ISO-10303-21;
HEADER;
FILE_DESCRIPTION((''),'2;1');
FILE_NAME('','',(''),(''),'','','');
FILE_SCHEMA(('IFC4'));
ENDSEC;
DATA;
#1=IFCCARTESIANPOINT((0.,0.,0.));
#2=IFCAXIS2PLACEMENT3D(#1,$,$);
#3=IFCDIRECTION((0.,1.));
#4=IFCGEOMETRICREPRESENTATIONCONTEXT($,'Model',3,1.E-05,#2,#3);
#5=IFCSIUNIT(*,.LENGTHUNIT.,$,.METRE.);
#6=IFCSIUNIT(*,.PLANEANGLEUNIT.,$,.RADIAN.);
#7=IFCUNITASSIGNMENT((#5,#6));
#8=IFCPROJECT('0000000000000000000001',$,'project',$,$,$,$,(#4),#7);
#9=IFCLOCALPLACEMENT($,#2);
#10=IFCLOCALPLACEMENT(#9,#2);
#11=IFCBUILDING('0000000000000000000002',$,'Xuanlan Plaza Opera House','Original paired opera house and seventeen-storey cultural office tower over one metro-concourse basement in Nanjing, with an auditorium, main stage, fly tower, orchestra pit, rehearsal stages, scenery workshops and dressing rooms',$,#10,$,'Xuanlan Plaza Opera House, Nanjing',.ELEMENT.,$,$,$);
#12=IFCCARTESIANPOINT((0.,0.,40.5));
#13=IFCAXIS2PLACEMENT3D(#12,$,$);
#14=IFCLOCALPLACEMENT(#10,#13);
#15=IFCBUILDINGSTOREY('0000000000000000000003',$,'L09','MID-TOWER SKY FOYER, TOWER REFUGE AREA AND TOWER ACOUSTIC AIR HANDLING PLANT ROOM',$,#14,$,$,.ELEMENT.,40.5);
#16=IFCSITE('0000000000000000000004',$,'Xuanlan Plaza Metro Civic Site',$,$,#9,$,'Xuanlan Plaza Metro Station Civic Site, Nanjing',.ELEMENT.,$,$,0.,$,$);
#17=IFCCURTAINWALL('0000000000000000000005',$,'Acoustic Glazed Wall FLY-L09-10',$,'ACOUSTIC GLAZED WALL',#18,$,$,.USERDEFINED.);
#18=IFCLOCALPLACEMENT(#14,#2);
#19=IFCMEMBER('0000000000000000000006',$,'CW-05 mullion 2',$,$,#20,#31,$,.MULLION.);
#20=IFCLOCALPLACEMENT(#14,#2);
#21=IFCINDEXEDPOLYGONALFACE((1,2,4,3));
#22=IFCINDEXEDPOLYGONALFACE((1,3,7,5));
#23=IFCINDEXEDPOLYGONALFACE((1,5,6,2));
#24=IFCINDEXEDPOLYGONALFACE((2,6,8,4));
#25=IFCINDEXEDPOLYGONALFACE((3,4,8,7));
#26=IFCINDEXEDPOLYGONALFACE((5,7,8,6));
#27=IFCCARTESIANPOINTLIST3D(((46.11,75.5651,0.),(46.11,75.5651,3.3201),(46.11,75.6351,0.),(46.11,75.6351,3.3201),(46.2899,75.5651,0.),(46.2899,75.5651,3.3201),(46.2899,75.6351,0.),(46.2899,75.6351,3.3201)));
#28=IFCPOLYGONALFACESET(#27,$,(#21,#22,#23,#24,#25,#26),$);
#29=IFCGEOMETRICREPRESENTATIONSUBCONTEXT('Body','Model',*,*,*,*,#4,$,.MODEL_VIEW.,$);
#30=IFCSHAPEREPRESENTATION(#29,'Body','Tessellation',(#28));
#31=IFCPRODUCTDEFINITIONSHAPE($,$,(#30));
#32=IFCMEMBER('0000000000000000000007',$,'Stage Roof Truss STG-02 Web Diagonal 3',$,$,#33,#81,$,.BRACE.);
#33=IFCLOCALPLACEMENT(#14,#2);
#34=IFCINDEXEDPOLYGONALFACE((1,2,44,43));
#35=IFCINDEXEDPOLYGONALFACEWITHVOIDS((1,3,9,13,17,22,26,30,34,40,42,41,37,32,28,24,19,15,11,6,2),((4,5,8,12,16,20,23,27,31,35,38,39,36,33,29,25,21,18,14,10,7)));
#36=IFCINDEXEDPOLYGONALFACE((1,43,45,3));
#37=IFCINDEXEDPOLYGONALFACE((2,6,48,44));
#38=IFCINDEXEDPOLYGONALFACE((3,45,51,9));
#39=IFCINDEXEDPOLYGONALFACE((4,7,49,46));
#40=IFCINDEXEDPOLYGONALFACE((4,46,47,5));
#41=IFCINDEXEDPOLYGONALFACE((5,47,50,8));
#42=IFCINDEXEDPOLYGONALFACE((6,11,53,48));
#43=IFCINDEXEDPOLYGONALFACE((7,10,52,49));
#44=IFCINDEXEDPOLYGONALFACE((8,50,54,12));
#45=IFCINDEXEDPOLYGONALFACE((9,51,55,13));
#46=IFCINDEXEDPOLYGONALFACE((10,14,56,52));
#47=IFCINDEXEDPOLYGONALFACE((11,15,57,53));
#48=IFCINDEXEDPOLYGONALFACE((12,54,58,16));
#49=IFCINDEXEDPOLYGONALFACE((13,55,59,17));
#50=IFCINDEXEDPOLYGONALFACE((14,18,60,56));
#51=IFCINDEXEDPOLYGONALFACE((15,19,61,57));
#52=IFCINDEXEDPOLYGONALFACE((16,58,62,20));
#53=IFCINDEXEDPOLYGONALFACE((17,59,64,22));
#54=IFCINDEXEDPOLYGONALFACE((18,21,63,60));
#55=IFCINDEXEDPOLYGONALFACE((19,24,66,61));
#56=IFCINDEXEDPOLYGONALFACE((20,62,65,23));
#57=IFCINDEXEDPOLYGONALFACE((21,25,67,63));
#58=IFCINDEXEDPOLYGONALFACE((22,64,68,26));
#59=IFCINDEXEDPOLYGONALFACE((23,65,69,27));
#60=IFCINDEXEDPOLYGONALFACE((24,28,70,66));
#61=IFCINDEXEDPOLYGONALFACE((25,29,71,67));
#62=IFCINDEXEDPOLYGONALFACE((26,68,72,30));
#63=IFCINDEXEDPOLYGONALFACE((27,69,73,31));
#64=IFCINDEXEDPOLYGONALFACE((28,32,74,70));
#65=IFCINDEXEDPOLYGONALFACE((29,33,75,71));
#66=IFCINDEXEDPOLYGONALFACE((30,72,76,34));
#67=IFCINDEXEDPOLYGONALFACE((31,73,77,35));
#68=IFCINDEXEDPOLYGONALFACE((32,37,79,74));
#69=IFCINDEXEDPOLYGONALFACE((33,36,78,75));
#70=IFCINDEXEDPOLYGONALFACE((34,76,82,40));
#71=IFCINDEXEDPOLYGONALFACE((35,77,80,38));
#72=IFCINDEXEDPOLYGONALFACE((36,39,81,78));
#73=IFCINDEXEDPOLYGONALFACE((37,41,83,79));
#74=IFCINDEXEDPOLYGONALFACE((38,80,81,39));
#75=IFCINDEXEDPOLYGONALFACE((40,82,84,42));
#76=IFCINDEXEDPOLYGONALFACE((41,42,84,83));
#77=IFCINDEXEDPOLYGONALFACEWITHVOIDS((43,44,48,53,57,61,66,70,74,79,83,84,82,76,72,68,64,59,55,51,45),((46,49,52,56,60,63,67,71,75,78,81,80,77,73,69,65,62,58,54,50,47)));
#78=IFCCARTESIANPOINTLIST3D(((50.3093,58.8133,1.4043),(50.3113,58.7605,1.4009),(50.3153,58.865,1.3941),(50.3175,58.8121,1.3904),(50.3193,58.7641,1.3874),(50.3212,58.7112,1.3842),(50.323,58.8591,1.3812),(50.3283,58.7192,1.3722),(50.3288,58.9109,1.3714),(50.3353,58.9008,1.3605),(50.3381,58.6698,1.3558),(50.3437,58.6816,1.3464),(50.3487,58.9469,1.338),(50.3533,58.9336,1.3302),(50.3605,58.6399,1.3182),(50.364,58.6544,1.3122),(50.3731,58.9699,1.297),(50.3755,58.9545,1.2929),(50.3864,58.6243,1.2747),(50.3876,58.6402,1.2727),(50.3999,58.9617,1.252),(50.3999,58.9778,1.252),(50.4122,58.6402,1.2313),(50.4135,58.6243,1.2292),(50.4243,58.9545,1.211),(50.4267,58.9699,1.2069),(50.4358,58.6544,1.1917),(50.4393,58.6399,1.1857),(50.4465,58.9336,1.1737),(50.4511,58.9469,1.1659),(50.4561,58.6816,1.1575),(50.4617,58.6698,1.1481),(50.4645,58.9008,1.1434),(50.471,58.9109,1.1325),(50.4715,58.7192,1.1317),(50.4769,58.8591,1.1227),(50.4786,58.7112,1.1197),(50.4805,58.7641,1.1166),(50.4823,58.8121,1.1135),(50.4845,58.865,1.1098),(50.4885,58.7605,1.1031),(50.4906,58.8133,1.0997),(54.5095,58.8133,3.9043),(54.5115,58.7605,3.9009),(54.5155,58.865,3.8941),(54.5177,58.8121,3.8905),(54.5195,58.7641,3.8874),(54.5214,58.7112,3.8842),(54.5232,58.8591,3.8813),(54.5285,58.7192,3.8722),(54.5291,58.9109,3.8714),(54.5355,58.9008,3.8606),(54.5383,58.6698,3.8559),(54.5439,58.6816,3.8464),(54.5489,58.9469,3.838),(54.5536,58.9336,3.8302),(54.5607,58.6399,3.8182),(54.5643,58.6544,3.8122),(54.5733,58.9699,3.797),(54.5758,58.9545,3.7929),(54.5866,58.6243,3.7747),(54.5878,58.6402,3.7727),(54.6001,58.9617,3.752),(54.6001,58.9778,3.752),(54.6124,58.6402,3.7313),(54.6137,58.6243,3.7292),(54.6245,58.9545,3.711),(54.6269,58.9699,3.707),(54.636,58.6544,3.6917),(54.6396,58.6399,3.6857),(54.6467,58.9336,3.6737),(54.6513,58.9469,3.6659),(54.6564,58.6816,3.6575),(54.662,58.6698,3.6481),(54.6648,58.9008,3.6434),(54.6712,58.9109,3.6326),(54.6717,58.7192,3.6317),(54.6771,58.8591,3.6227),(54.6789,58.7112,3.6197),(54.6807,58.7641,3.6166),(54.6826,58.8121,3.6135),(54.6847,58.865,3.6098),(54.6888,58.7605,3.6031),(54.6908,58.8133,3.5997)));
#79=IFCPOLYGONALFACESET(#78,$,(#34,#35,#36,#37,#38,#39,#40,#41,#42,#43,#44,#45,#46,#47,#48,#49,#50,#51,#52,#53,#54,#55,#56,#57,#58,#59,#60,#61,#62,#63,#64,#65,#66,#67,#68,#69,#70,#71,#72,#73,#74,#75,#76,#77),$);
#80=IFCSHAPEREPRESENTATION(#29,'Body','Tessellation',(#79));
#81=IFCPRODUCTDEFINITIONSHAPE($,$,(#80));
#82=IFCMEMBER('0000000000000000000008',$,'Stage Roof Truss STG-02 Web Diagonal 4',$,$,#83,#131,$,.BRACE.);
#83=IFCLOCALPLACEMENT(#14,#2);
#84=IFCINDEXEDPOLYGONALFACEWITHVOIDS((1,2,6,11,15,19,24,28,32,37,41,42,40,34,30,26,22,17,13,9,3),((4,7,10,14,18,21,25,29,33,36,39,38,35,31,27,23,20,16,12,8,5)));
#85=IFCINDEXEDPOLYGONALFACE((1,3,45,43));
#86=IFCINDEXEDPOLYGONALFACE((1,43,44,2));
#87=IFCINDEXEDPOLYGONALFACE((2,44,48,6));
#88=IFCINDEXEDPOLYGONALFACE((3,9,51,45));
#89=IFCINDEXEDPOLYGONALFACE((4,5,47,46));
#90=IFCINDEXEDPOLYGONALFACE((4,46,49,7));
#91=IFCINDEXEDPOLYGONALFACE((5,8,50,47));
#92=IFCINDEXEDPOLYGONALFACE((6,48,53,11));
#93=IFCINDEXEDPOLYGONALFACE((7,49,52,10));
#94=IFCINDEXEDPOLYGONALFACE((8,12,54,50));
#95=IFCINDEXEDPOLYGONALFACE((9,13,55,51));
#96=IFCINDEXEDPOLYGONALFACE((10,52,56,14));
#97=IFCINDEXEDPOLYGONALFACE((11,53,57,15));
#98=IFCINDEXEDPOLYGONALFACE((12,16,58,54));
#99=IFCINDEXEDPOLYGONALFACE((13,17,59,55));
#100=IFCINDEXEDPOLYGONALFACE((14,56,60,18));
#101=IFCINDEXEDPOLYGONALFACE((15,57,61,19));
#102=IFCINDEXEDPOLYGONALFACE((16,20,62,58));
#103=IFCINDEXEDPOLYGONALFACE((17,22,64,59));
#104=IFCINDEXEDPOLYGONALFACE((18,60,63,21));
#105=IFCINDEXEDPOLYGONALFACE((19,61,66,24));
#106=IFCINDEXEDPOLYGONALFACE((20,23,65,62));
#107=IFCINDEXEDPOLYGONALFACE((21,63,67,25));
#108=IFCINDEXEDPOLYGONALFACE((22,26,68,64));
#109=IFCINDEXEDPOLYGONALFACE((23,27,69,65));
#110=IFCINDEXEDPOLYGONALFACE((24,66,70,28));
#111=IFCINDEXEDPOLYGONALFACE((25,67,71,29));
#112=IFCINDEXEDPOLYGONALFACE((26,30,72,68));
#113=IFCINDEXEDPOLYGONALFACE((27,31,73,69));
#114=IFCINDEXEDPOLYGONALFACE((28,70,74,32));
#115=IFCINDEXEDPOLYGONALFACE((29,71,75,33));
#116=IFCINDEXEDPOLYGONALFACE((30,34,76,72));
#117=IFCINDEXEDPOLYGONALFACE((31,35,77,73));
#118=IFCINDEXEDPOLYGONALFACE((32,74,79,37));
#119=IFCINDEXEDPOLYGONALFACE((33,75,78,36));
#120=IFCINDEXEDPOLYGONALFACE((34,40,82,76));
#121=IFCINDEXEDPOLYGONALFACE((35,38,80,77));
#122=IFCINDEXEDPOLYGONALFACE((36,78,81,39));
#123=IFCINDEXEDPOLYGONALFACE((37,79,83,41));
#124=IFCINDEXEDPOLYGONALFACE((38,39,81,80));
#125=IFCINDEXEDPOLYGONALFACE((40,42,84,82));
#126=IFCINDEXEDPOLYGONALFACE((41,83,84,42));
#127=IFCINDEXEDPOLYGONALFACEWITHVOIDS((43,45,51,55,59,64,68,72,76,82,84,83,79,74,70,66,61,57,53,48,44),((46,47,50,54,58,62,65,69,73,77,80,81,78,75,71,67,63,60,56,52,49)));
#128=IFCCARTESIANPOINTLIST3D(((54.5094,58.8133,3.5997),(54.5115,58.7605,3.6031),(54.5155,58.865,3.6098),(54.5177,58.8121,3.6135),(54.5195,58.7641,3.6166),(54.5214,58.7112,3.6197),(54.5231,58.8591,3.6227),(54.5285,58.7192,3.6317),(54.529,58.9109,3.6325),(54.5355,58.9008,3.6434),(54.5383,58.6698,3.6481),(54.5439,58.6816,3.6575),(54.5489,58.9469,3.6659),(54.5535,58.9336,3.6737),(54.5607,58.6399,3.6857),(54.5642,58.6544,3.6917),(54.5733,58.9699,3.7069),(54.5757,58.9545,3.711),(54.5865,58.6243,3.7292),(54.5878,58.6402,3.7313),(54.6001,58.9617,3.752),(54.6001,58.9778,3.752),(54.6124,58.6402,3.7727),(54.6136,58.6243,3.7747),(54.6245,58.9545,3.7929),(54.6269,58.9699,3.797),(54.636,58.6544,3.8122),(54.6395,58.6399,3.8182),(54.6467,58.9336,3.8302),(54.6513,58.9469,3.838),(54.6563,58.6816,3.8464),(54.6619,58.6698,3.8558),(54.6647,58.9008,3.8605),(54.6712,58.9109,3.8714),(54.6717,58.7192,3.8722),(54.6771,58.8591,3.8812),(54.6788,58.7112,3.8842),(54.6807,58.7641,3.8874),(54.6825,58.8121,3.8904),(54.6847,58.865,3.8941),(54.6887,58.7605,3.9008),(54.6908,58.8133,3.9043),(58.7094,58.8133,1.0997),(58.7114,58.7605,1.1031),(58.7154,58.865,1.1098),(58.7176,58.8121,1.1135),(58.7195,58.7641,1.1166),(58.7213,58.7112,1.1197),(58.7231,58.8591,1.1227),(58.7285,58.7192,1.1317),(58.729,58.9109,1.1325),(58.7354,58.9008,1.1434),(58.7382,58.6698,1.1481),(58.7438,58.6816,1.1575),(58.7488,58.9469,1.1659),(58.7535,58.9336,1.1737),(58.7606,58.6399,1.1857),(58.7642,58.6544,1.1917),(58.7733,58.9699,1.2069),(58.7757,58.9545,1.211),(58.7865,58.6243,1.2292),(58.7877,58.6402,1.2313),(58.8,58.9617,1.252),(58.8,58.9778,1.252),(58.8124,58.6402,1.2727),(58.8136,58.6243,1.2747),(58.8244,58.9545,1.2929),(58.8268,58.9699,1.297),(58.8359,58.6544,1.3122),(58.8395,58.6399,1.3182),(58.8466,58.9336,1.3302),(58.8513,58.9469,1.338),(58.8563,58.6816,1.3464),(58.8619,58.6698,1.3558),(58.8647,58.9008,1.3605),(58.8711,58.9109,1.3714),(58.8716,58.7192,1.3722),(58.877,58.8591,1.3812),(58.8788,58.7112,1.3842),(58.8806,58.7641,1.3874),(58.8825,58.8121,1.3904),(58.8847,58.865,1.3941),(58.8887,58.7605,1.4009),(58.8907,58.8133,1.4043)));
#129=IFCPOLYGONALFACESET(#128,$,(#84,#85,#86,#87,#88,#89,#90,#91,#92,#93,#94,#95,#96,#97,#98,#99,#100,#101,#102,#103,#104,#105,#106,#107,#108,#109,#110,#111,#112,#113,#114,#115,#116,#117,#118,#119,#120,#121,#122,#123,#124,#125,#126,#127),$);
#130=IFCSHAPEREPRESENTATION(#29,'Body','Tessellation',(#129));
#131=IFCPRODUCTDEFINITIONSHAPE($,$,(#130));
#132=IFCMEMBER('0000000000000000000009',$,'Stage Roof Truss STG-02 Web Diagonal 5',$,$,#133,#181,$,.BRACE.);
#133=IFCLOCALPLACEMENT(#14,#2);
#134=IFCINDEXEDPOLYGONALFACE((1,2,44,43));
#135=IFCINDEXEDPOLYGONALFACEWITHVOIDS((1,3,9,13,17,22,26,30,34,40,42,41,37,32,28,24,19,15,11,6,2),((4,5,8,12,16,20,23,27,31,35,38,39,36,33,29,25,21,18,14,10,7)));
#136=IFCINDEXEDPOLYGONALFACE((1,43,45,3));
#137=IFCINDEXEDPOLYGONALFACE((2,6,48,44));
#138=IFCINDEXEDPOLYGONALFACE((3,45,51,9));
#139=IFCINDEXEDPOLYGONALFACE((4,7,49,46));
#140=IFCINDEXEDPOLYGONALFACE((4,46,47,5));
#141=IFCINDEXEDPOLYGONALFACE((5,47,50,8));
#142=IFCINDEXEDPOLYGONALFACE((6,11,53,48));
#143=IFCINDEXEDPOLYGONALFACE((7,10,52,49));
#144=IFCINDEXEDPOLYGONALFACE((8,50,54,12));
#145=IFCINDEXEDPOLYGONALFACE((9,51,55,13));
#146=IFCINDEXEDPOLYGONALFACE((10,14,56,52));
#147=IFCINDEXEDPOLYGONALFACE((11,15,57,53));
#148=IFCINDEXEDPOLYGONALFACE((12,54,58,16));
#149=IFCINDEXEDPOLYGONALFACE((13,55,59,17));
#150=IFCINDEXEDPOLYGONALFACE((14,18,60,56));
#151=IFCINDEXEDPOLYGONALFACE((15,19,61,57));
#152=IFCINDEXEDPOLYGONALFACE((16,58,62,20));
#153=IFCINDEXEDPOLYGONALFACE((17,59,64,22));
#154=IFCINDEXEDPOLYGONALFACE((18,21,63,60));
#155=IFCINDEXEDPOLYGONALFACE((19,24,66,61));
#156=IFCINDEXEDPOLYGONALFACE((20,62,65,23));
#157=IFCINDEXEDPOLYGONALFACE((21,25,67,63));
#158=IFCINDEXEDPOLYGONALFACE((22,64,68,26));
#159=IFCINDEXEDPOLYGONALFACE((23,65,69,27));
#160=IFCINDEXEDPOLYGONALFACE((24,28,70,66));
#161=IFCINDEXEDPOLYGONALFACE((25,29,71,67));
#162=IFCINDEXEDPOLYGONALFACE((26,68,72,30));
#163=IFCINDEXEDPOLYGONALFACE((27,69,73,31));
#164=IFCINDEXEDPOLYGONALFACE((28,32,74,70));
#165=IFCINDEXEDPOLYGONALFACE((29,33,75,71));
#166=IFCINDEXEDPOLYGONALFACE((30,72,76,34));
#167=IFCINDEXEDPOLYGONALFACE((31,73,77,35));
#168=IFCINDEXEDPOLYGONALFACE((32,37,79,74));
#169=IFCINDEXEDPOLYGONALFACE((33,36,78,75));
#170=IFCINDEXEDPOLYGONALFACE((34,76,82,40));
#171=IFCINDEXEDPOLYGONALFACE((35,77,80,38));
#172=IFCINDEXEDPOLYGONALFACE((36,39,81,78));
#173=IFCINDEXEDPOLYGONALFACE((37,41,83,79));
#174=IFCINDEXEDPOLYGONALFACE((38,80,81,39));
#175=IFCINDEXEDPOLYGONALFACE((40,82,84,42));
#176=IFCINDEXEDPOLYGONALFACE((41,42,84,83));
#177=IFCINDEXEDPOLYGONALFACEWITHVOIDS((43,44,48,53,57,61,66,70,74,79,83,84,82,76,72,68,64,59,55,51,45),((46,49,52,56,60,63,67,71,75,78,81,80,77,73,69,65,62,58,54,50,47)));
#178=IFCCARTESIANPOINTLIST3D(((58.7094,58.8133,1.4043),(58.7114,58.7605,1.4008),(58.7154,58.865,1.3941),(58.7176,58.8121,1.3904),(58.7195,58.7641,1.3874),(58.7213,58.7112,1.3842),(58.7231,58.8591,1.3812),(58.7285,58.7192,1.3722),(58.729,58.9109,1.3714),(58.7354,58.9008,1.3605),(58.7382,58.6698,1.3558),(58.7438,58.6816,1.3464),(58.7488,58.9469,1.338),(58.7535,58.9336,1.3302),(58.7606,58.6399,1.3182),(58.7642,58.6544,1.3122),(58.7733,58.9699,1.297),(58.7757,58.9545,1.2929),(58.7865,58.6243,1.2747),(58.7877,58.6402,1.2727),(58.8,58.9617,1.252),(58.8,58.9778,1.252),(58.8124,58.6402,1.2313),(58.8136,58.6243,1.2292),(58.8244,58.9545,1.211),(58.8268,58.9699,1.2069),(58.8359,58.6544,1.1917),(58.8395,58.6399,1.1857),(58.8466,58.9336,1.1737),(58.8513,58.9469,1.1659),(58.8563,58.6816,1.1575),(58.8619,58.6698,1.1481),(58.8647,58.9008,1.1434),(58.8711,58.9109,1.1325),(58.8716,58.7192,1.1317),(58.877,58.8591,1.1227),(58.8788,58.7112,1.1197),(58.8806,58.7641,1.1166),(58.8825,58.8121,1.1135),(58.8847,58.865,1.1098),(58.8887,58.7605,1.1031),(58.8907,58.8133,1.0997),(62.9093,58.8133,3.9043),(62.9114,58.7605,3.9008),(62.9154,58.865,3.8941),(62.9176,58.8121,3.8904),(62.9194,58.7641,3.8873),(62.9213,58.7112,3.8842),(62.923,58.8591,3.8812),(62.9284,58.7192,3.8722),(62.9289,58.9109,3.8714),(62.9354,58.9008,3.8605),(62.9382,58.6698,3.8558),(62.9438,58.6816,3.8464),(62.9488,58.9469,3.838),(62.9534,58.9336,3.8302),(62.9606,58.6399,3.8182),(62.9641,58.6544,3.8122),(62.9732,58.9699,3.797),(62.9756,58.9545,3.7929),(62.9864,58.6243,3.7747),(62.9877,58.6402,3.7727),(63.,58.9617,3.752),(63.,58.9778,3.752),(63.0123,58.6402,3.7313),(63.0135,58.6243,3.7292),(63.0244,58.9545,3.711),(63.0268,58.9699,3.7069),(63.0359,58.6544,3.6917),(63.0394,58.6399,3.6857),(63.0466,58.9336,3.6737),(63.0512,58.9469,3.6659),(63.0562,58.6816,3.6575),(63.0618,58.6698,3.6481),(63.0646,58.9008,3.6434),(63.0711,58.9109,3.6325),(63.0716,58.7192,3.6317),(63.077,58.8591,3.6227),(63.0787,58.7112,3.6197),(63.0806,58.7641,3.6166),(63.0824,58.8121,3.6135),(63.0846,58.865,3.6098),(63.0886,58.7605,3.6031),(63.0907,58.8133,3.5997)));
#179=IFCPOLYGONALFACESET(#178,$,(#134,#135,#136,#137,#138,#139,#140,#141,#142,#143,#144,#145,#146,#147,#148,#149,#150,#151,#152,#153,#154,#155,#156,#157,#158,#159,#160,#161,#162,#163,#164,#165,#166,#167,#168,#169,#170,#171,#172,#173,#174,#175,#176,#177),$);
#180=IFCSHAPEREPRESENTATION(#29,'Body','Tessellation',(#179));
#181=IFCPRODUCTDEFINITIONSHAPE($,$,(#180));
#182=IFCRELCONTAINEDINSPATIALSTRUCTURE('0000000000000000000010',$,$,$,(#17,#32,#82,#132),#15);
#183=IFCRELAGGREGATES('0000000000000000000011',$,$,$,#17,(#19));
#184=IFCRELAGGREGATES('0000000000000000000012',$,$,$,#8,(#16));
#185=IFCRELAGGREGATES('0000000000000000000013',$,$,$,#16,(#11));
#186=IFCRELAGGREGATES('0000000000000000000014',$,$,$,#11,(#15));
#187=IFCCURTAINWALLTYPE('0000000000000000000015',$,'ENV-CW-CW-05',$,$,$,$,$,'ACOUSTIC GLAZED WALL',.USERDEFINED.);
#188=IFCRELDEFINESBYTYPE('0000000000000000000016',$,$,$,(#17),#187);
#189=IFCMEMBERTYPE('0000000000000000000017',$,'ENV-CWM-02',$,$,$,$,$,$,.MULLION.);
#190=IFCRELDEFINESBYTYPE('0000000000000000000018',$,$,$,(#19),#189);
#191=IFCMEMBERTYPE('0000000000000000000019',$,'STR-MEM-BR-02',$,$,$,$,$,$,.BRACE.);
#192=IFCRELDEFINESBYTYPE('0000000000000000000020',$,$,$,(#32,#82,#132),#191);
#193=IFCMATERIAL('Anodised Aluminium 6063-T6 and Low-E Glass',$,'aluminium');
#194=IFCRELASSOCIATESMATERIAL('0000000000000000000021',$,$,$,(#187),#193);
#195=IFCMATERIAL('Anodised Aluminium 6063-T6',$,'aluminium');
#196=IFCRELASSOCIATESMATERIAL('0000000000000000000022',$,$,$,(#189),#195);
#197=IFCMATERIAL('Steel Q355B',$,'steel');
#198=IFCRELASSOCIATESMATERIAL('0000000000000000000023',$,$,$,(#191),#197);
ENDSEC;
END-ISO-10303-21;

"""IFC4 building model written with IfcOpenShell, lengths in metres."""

from ifc_helpers import new_model, si_unit, direction, frame, origin, origin_2d, place, context, subcontext, project, spatial, rectangle, hollow_circle, extrude, material, material_profile, profile_set, type_object, element, aggregate, save


model = new_model("IFC4")

# Units and contexts
model_context = context("Model", 3, precision=1e-05, world=origin(), true_north=direction((0.0, 1.0)))
body_context = subcontext(model_context, "Body", "Model", "MODEL_VIEW")
ifc_project = project(units=[si_unit("LENGTHUNIT", "METRE"), si_unit("PLANEANGLEUNIT", "RADIAN")], contexts=[model_context])

# Site, building, storey
site_placement = place(None, origin())
site = spatial("IfcSite", under=ifc_project, at=site_placement, Name="Xuanlan Plaza Metro Civic Site", LongName="Xuanlan Plaza Metro Station Civic Site, Nanjing", CompositionType="ELEMENT", RefElevation=0.0)
building_placement = place(site_placement, origin())
building = spatial("IfcBuilding", under=site, at=building_placement, Name="Xuanlan Plaza Opera House", Description="Original paired opera house and seventeen-storey cultural office tower over one metro-concourse basement in Nanjing, with an auditorium, main stage, fly tower, orchestra pit, rehearsal stages, scenery workshops and dressing rooms", LongName="Xuanlan Plaza Opera House, Nanjing", CompositionType="ELEMENT")
storey_placement = place(building_placement, frame((0.0, 0.0, 40.5)))
storey = spatial("IfcBuildingStorey", under=building, at=storey_placement, Name="L09", Description="MID-TOWER SKY FOYER, TOWER REFUGE AREA AND TOWER ACOUSTIC AIR HANDLING PLANT ROOM", CompositionType="ELEMENT", Elevation=40.5)

# Curtain wall, member
ifc_material_1 = material(Name="Anodised Aluminium 6063-T6 and Low-E Glass", Category="aluminium")
curtain_wall_type = type_object("IfcCurtainWallType", Name="ENV-CW-CW-05", ElementType="ACOUSTIC GLAZED WALL", PredefinedType="USERDEFINED", material=ifc_material_1)
curtain_wall_placement = place(storey_placement, origin())
curtain_wall = element("IfcCurtainWall", 1, at=curtain_wall_placement, inside=storey, type_object=curtain_wall_type, Name="Acoustic Glazed Wall FLY-L09-10", ObjectType="ACOUSTIC GLAZED WALL", PredefinedType="USERDEFINED")
ifc_material_2 = material(Name="Anodised Aluminium 6063-T6", Category="aluminium")
ifc_material_profile_1 = material_profile(ifc_material_2, rectangle(XDim=0.0701, YDim=0.1799, at=origin_2d()), Name="ALU-M 70x180")
ifc_profile_set_1 = profile_set([ifc_material_profile_1], Name="Anodised Aluminium 6063-T6")
member_type_1 = type_object("IfcMemberType", Name="ENV-CWM-02", PredefinedType="MULLION", material=ifc_profile_set_1)
member_1_placement = place(storey_placement, frame((46.2, 75.6001, 0.0), z_axis=(0.0, 0.0, 1.0), x_axis=(0.0, -1.0, 0.0)))
member_1 = element("IfcMember", 2, at=member_1_placement, type_object=member_type_1, Name="CW-05 mullion 2", PredefinedType="MULLION", context=body_context, shape_type="SweptSolid", body=[
    extrude(rectangle(XDim=0.0701, YDim=0.1799, at=origin_2d()), origin(), (0.0, 0.0, 1.0), 3.3201),
])

# Members
ifc_material_3 = material(Name="Steel Q355B", Category="steel")
ifc_material_profile_2 = material_profile(ifc_material_3, hollow_circle(Radius=0.1777, WallThickness=0.0161, at=origin_2d()), Name="CHS 355.6x16")
ifc_profile_set_2 = profile_set([ifc_material_profile_2], Name="Steel Q355B")
member_type_2 = type_object("IfcMemberType", Name="STR-MEM-BR-02", PredefinedType="BRACE", material=ifc_profile_set_2)
member_2_placement = place(storey_placement, frame((50.3999, 58.8, 1.252), z_axis=(0.859303, 0.0, 0.511466), x_axis=(0.0, 1.0, 0.0)))
element("IfcMember", 3, at=member_2_placement, inside=storey, type_object=member_type_2, Name="Stage Roof Truss STG-02 Web Diagonal 3", PredefinedType="BRACE", context=body_context, shape_type="SweptSolid", body=[
    extrude(hollow_circle(Radius=0.1777, WallThickness=0.0161, at=origin_2d()), origin(), (0.0, 0.0, 1.0), 4.8879),
])
for number, where, z_axis, x_axis, name in (
    (4, (54.6001, 58.8, 3.752), (0.85929, 0.0, -0.511488), (0.0, 1.0, 0.0), "Stage Roof Truss STG-02 Web Diagonal 4"),
    (5, (58.8, 58.8, 1.252), (0.85929, 0.0, 0.511488), (0.0, 1.0, 0.0), "Stage Roof Truss STG-02 Web Diagonal 5"),
):
    element("IfcMember", number, at=place(storey_placement, frame(where, z_axis=z_axis, x_axis=x_axis)), inside=storey, type_object=member_type_2, Name=name, PredefinedType="BRACE", context=body_context, shape_type="SweptSolid", body=[
        extrude(hollow_circle(Radius=0.1777, WallThickness=0.0161, at=origin_2d()), origin(), (0.0, 0.0, 1.0), 4.8877),
    ])

aggregate(curtain_wall, [member_1])

save(model, "model.ifc")
